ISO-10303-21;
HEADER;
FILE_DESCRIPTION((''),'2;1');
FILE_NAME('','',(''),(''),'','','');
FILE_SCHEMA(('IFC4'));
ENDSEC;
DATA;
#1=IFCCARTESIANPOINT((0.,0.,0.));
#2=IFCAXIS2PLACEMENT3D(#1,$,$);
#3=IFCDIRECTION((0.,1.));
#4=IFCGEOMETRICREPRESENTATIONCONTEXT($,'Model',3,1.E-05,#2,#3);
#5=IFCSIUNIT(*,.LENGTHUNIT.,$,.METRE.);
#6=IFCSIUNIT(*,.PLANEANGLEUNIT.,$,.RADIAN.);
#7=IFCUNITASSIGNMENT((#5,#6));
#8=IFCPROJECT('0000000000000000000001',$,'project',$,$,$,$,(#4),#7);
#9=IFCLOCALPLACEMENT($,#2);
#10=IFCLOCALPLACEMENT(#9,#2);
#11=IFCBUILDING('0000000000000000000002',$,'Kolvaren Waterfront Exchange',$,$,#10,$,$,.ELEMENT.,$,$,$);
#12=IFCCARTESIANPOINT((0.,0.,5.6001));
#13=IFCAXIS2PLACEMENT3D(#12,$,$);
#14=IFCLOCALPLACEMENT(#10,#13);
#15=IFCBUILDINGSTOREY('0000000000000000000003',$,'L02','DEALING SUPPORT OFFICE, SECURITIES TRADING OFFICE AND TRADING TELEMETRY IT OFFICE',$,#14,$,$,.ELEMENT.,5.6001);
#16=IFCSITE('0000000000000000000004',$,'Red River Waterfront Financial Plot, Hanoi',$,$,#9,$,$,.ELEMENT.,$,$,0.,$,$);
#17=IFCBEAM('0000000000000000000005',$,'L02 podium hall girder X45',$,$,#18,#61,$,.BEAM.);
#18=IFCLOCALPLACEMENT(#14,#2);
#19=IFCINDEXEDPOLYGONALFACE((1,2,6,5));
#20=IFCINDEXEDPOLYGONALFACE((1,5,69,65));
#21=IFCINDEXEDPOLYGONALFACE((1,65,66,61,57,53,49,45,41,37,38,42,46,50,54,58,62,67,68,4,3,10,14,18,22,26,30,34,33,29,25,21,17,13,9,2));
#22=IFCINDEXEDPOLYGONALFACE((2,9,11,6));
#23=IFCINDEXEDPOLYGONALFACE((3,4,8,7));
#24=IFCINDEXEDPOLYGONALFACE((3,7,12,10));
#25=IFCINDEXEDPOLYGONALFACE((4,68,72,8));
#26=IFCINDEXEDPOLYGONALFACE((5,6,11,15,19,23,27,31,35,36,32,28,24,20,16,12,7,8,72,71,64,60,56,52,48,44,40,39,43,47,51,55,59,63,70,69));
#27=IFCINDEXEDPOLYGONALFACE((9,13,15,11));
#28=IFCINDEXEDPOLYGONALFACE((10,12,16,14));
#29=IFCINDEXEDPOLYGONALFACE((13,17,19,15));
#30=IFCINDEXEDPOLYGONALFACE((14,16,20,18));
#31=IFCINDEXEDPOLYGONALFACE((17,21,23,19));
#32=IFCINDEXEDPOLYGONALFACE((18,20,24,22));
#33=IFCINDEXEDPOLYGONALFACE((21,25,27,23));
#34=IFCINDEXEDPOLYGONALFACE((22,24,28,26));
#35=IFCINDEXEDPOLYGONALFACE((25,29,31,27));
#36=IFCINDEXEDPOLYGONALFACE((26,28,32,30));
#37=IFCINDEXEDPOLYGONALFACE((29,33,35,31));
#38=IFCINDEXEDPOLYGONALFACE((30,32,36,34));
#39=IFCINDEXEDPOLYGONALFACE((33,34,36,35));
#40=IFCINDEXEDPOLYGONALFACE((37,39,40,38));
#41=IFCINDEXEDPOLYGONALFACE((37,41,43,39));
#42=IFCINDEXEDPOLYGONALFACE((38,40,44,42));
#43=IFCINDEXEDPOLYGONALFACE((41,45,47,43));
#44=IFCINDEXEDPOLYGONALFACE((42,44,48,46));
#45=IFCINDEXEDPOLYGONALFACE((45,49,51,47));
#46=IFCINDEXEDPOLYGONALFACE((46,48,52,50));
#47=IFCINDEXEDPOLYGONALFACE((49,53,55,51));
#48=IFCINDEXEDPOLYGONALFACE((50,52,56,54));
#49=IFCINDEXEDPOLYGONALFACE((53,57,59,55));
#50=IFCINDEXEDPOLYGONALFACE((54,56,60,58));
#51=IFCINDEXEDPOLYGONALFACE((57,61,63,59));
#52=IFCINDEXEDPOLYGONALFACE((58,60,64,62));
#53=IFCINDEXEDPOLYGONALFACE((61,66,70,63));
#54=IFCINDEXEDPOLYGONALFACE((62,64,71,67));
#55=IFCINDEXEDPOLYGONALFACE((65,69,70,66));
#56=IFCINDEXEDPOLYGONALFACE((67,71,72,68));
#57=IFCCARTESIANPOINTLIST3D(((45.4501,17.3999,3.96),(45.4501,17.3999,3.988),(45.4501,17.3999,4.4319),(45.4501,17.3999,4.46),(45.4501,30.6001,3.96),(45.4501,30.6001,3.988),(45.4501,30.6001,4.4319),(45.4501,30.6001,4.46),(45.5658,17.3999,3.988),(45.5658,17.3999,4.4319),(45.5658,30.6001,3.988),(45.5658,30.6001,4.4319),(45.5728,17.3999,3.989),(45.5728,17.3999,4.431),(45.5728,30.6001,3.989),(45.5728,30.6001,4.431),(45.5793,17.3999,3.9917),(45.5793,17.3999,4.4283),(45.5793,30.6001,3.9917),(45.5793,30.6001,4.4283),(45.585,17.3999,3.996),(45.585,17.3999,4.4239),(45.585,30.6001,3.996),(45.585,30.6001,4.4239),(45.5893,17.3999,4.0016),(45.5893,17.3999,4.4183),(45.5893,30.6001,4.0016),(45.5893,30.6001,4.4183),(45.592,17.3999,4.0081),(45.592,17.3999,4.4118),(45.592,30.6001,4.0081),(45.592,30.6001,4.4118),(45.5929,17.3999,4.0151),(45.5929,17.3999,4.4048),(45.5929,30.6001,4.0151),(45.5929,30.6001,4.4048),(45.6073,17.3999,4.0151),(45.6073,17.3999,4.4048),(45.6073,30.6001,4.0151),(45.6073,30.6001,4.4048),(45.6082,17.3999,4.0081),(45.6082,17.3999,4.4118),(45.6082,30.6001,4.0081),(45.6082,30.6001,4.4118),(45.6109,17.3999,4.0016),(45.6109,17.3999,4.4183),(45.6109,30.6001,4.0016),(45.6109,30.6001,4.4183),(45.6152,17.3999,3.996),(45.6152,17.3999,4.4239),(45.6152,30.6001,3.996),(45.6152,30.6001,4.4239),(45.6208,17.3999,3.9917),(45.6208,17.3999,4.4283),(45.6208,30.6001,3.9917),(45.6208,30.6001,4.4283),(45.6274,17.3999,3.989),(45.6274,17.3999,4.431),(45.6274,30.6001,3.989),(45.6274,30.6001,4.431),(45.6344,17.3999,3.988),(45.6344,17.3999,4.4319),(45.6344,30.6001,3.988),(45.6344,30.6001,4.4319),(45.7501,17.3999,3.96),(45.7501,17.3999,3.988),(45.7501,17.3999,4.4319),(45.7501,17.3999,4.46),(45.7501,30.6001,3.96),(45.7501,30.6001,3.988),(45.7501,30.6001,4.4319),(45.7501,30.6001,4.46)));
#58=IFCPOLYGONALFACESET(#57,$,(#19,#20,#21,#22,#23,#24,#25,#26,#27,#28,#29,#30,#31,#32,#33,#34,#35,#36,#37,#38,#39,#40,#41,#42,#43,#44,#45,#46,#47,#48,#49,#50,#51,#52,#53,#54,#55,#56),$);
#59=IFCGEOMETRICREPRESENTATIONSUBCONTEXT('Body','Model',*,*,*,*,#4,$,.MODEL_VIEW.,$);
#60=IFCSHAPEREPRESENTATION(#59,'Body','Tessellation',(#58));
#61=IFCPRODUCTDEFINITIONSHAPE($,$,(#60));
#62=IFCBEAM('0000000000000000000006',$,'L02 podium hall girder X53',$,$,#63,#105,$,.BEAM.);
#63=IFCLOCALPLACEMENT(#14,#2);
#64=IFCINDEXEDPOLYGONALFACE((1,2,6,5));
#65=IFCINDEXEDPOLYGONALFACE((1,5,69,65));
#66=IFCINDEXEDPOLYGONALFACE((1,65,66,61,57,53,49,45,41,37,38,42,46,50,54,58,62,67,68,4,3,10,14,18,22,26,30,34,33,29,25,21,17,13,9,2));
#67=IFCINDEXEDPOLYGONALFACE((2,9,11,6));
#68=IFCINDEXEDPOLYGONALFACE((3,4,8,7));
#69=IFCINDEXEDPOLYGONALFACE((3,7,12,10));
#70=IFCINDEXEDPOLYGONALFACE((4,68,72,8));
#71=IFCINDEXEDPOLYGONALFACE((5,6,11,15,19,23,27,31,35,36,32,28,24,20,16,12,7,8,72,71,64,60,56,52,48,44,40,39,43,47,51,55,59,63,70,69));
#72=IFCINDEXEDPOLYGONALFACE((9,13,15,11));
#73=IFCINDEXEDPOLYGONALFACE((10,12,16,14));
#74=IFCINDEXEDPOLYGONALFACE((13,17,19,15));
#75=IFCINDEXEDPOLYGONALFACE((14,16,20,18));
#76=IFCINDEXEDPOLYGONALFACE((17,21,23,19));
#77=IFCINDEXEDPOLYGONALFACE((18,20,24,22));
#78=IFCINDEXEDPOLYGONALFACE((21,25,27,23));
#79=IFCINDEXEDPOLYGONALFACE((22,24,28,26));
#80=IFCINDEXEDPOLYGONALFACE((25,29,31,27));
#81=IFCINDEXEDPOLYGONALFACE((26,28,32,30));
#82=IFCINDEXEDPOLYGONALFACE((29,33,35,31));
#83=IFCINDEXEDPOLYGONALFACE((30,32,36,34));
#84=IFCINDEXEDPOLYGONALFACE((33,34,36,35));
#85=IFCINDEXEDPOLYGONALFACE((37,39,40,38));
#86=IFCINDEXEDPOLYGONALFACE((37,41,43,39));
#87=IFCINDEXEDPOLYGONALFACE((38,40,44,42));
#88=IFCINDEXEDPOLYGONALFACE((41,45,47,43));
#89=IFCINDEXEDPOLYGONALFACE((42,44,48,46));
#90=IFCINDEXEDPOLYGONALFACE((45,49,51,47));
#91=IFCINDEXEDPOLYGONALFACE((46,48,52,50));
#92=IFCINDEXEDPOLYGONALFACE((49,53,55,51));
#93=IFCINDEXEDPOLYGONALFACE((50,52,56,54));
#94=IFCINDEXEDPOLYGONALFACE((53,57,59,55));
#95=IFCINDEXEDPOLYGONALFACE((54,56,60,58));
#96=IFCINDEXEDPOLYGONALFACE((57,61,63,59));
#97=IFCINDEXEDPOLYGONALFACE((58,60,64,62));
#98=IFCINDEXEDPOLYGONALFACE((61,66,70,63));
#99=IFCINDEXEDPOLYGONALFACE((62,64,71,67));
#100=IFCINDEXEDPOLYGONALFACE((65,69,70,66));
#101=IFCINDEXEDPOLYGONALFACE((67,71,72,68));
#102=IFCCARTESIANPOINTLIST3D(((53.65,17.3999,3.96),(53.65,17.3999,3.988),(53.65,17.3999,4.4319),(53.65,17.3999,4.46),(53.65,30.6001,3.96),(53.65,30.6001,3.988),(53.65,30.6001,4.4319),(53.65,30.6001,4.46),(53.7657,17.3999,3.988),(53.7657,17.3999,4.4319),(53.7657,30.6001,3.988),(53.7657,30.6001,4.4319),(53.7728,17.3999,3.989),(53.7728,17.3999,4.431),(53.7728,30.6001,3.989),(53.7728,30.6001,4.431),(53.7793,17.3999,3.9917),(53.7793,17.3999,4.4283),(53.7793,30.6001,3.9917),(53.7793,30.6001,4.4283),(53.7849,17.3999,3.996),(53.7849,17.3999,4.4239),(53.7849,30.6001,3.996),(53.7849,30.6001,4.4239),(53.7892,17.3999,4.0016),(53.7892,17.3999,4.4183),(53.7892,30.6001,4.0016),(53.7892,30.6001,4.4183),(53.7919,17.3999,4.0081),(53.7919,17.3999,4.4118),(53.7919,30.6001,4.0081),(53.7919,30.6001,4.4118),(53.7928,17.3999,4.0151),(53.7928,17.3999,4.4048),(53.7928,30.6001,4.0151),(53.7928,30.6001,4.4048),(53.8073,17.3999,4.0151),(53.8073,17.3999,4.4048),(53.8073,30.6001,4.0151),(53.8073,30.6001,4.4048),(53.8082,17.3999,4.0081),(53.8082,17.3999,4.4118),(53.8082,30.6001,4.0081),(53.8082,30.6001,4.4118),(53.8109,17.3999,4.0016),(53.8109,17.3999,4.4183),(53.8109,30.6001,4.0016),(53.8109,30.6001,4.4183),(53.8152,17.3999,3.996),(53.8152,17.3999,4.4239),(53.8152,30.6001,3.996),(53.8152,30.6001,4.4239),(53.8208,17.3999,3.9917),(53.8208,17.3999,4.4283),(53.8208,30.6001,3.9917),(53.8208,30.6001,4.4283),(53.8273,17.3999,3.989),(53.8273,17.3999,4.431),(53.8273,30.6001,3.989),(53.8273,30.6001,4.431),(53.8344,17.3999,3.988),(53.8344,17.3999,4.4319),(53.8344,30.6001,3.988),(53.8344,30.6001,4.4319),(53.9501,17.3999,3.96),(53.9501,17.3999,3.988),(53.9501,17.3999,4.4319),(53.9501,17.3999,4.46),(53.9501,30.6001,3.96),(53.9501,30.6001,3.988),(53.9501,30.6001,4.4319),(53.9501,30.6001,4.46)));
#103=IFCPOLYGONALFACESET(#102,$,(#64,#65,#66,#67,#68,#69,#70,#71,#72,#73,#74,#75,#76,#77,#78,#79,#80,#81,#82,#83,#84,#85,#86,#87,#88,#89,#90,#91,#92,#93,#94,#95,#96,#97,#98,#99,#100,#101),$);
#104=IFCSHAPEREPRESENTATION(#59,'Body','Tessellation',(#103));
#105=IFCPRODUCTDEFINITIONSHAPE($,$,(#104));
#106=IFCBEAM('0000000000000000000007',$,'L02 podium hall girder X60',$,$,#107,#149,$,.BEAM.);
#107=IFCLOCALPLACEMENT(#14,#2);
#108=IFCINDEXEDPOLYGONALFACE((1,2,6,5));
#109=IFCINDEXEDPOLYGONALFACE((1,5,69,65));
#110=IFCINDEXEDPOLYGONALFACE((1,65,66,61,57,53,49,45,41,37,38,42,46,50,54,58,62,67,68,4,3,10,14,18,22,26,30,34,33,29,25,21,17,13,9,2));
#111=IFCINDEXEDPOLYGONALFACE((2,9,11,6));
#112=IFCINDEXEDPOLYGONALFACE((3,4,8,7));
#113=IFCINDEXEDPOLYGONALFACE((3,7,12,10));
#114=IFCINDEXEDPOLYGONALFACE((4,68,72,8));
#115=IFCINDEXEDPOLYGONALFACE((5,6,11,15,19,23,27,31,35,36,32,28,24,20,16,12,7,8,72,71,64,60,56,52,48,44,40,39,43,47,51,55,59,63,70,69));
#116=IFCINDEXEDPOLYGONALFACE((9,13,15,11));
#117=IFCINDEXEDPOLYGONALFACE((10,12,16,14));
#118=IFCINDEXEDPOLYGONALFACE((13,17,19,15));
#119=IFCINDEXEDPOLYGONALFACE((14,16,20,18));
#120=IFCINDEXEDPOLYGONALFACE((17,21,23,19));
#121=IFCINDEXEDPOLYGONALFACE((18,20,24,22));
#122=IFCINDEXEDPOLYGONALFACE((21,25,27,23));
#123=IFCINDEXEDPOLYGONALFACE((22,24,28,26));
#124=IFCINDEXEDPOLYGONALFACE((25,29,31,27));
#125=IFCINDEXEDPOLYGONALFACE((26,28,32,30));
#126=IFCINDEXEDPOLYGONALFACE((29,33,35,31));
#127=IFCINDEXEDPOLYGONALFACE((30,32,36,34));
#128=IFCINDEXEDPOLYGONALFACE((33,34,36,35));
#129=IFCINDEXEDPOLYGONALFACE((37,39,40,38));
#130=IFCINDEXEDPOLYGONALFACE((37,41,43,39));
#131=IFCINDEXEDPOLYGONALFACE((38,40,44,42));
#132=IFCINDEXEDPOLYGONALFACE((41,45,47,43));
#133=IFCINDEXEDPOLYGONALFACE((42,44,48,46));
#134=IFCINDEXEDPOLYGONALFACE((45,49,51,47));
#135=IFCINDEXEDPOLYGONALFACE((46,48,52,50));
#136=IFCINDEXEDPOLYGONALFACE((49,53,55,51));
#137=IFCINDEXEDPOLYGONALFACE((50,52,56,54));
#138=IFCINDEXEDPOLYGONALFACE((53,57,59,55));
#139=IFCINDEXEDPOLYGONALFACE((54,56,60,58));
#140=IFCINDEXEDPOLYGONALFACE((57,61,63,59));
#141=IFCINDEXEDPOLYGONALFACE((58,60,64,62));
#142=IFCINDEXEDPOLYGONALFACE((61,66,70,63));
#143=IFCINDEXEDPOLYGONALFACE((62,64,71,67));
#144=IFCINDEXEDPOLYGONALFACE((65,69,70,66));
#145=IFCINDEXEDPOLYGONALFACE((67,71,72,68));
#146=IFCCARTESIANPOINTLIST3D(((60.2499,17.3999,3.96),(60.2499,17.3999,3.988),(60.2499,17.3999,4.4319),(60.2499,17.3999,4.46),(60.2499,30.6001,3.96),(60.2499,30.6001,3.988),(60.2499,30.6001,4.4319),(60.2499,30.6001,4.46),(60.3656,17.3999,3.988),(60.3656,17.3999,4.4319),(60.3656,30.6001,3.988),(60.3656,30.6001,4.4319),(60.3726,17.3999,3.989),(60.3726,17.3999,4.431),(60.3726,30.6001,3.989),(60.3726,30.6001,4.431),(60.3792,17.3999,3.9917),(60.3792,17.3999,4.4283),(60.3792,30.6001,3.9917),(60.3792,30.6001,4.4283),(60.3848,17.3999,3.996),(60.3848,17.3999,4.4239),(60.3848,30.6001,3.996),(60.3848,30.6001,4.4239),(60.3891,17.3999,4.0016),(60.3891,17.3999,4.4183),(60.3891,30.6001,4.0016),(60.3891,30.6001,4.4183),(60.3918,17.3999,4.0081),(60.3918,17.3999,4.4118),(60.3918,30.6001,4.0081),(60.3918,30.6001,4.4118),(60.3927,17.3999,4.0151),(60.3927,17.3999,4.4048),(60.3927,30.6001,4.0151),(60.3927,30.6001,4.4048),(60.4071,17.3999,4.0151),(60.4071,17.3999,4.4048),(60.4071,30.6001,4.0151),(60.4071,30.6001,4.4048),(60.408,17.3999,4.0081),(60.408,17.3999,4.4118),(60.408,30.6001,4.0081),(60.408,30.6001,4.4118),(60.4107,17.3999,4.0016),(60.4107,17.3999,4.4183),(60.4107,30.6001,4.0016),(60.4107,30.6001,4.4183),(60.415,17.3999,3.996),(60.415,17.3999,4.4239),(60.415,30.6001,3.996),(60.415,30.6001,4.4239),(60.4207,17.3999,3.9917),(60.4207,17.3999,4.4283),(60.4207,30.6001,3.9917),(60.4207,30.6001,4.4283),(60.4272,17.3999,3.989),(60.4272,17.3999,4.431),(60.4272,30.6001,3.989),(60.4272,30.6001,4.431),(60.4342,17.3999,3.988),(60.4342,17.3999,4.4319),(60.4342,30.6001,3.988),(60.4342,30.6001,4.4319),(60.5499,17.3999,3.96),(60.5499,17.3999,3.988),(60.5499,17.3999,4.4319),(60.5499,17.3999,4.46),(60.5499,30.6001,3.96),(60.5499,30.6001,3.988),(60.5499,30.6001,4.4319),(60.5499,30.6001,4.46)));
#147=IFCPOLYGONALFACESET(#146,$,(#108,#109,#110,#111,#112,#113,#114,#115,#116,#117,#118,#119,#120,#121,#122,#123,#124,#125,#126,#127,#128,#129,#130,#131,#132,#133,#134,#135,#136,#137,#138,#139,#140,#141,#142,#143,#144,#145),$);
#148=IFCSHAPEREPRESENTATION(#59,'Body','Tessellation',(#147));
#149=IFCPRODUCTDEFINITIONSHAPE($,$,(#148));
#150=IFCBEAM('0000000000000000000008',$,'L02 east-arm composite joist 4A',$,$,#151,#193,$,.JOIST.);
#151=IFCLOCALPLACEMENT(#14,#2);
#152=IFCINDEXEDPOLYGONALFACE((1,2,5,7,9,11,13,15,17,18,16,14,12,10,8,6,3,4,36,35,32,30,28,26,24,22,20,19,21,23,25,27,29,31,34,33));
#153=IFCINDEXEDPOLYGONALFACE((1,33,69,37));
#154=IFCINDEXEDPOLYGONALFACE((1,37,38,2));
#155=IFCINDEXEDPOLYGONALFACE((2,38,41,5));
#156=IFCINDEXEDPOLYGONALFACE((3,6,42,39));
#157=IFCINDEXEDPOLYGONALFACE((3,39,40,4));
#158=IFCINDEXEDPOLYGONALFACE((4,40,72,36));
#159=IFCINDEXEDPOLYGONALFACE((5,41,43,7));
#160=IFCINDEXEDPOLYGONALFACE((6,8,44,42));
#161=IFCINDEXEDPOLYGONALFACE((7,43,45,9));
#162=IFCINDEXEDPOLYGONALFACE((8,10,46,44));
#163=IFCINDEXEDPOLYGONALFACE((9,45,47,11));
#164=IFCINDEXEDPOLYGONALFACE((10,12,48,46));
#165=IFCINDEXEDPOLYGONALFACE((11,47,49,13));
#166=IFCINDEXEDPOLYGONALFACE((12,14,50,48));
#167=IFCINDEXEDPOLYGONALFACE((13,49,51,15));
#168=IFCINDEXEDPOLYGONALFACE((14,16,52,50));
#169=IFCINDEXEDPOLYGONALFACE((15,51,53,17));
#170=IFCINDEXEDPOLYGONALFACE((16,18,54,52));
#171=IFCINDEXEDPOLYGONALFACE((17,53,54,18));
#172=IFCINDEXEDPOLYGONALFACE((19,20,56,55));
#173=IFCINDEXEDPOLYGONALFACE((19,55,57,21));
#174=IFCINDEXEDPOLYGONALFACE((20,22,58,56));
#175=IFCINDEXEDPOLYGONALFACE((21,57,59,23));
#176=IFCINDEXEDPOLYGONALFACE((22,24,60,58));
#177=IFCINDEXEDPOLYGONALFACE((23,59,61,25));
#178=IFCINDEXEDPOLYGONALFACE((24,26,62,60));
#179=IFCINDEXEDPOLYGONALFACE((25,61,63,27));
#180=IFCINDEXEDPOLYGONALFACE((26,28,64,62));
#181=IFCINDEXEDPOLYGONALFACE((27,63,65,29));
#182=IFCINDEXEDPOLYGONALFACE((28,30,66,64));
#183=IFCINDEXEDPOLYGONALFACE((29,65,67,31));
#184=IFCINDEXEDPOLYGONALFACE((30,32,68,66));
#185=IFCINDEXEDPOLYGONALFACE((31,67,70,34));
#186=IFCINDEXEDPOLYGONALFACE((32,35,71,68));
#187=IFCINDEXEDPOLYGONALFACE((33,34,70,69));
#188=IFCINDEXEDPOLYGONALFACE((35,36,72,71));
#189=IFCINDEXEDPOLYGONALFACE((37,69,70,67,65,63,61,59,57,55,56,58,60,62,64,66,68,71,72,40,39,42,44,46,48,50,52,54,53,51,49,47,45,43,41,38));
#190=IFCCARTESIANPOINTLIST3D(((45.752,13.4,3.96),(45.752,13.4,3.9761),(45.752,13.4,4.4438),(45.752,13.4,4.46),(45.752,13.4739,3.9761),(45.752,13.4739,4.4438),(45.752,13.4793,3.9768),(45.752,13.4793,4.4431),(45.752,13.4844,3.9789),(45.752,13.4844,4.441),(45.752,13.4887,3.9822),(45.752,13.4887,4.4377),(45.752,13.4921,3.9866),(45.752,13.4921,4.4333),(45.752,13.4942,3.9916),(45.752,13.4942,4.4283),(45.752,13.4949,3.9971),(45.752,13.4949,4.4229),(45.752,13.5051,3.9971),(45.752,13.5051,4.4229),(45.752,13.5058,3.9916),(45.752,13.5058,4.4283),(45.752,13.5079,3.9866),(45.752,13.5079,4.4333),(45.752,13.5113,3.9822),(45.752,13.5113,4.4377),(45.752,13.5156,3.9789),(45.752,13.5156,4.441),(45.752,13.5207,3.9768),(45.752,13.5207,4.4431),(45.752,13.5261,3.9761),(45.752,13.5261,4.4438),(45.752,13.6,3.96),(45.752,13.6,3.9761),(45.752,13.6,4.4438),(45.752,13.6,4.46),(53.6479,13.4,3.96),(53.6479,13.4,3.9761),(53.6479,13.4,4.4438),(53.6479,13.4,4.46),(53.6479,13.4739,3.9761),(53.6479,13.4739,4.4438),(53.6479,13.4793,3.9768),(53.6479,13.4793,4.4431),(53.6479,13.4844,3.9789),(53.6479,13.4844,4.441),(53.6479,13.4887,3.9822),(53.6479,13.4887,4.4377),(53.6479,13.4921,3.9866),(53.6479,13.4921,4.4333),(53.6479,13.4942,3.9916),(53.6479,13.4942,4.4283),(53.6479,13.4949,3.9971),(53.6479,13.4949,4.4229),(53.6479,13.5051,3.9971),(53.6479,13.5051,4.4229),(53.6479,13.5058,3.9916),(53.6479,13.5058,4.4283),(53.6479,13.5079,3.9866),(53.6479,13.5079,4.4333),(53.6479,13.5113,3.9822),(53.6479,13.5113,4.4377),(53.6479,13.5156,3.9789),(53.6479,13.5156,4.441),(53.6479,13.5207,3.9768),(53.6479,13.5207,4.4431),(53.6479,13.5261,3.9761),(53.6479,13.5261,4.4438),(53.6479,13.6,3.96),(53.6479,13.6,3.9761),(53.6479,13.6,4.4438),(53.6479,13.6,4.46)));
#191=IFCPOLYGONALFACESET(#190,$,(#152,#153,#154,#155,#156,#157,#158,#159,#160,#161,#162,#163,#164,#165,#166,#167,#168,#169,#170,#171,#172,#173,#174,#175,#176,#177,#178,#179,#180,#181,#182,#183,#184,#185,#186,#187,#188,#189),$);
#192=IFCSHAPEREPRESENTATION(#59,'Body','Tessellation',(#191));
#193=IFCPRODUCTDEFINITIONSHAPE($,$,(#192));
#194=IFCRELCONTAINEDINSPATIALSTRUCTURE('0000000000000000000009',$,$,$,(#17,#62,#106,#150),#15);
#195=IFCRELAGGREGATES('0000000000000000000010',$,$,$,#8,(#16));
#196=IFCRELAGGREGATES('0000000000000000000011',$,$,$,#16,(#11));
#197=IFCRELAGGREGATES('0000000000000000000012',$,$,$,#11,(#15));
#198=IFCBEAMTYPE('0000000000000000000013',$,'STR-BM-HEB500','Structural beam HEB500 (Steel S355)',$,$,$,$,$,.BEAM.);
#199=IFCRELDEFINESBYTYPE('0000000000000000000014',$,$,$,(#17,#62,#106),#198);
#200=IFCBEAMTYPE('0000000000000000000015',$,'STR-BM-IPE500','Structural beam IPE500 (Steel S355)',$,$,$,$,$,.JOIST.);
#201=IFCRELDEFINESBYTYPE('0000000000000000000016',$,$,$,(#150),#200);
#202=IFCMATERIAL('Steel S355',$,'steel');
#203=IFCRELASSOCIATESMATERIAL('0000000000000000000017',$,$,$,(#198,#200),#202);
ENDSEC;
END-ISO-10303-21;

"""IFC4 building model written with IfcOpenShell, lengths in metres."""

from ifc_helpers import new_model, si_unit, direction, frame, origin, origin_2d, place, context, subcontext, project, spatial, i_section, extrude, material, material_profile, profile_set, type_object, element, save


model = new_model("IFC4")

# Units and contexts
model_context = context("Model", 3, precision=1e-05, world=origin(), true_north=direction((0.0, 1.0)))
body_context = subcontext(model_context, "Body", "Model", "MODEL_VIEW")
ifc_project = project(units=[si_unit("LENGTHUNIT", "METRE"), si_unit("PLANEANGLEUNIT", "RADIAN")], contexts=[model_context])

# Site, building, storey
site_placement = place(None, origin())
site = spatial("IfcSite", under=ifc_project, at=site_placement, Name="Red River Waterfront Financial Plot, Hanoi", CompositionType="ELEMENT", RefElevation=0.0)
building_placement = place(site_placement, origin())
building = spatial("IfcBuilding", under=site, at=building_placement, Name="Kolvaren Waterfront Exchange", CompositionType="ELEMENT")
storey_placement = place(building_placement, frame((0.0, 0.0, 5.6001)))
storey = spatial("IfcBuildingStorey", under=building, at=storey_placement, Name="L02", Description="DEALING SUPPORT OFFICE, SECURITIES TRADING OFFICE AND TRADING TELEMETRY IT OFFICE", CompositionType="ELEMENT", Elevation=5.6001)

# Beams
ifc_material_1 = material(Name="Steel S355", Category="steel")
ifc_material_profile_1 = material_profile(ifc_material_1, i_section(OverallWidth=0.3, OverallDepth=0.5, WebThickness=0.0144, FlangeThickness=0.0281, FilletRadius=0.0271, at=origin_2d()), Name="HEB500")
ifc_profile_set_1 = profile_set([ifc_material_profile_1], Name="Steel S355")
beam_type_1 = type_object("IfcBeamType", Name="STR-BM-HEB500", Description="Structural beam HEB500 (Steel S355)", PredefinedType="BEAM", material=ifc_profile_set_1)
for number, where, z_axis, x_axis, name in (
    (1, (45.6001, 17.3999, 4.21), (0.0, 1.0, 0.0), (-1.0, 0.0, 0.0), "L02 podium hall girder X45"),
    (2, (53.8, 17.3999, 4.21), (0.0, 1.0, 0.0), (-1.0, 0.0, 0.0), "L02 podium hall girder X53"),
    (3, (60.3999, 17.3999, 4.21), (0.0, 1.0, 0.0), (-1.0, 0.0, 0.0), "L02 podium hall girder X60"),
):
    element("IfcBeam", number, at=place(storey_placement, frame(where, z_axis=z_axis, x_axis=x_axis)), inside=storey, type_object=beam_type_1, Name=name, PredefinedType="BEAM", context=body_context, shape_type="SweptSolid", body=[
        extrude(i_section(OverallWidth=0.3, OverallDepth=0.5, WebThickness=0.0144, FlangeThickness=0.0281, FilletRadius=0.0271, at=origin_2d()), origin(), (0.0, 0.0, 1.0), 13.2002),
    ])
ifc_material_profile_2 = material_profile(ifc_material_1, i_section(OverallWidth=0.2, OverallDepth=0.5, WebThickness=0.0103, FlangeThickness=0.0161, FilletRadius=0.021, at=origin_2d()), Name="IPE500")
ifc_profile_set_2 = profile_set([ifc_material_profile_2], Name="Steel S355")
beam_type_2 = type_object("IfcBeamType", Name="STR-BM-IPE500", Description="Structural beam IPE500 (Steel S355)", PredefinedType="JOIST", material=ifc_profile_set_2)
for number, where, z_axis, x_axis, name in (
    (4, (45.752, 13.5, 4.21), (1.0, 0.0, 0.0), (0.0, 1.0, 0.0), "L02 east-arm composite joist 4A"),
):
    element("IfcBeam", number, at=place(storey_placement, frame(where, z_axis=z_axis, x_axis=x_axis)), inside=storey, type_object=beam_type_2, Name=name, PredefinedType="JOIST", context=body_context, shape_type="SweptSolid", body=[
        extrude(i_section(OverallWidth=0.2, OverallDepth=0.5, WebThickness=0.0103, FlangeThickness=0.0161, FilletRadius=0.021, at=origin_2d()), origin(), (0.0, 0.0, 1.0), 7.896),
    ])

save(model, "model.ifc")
